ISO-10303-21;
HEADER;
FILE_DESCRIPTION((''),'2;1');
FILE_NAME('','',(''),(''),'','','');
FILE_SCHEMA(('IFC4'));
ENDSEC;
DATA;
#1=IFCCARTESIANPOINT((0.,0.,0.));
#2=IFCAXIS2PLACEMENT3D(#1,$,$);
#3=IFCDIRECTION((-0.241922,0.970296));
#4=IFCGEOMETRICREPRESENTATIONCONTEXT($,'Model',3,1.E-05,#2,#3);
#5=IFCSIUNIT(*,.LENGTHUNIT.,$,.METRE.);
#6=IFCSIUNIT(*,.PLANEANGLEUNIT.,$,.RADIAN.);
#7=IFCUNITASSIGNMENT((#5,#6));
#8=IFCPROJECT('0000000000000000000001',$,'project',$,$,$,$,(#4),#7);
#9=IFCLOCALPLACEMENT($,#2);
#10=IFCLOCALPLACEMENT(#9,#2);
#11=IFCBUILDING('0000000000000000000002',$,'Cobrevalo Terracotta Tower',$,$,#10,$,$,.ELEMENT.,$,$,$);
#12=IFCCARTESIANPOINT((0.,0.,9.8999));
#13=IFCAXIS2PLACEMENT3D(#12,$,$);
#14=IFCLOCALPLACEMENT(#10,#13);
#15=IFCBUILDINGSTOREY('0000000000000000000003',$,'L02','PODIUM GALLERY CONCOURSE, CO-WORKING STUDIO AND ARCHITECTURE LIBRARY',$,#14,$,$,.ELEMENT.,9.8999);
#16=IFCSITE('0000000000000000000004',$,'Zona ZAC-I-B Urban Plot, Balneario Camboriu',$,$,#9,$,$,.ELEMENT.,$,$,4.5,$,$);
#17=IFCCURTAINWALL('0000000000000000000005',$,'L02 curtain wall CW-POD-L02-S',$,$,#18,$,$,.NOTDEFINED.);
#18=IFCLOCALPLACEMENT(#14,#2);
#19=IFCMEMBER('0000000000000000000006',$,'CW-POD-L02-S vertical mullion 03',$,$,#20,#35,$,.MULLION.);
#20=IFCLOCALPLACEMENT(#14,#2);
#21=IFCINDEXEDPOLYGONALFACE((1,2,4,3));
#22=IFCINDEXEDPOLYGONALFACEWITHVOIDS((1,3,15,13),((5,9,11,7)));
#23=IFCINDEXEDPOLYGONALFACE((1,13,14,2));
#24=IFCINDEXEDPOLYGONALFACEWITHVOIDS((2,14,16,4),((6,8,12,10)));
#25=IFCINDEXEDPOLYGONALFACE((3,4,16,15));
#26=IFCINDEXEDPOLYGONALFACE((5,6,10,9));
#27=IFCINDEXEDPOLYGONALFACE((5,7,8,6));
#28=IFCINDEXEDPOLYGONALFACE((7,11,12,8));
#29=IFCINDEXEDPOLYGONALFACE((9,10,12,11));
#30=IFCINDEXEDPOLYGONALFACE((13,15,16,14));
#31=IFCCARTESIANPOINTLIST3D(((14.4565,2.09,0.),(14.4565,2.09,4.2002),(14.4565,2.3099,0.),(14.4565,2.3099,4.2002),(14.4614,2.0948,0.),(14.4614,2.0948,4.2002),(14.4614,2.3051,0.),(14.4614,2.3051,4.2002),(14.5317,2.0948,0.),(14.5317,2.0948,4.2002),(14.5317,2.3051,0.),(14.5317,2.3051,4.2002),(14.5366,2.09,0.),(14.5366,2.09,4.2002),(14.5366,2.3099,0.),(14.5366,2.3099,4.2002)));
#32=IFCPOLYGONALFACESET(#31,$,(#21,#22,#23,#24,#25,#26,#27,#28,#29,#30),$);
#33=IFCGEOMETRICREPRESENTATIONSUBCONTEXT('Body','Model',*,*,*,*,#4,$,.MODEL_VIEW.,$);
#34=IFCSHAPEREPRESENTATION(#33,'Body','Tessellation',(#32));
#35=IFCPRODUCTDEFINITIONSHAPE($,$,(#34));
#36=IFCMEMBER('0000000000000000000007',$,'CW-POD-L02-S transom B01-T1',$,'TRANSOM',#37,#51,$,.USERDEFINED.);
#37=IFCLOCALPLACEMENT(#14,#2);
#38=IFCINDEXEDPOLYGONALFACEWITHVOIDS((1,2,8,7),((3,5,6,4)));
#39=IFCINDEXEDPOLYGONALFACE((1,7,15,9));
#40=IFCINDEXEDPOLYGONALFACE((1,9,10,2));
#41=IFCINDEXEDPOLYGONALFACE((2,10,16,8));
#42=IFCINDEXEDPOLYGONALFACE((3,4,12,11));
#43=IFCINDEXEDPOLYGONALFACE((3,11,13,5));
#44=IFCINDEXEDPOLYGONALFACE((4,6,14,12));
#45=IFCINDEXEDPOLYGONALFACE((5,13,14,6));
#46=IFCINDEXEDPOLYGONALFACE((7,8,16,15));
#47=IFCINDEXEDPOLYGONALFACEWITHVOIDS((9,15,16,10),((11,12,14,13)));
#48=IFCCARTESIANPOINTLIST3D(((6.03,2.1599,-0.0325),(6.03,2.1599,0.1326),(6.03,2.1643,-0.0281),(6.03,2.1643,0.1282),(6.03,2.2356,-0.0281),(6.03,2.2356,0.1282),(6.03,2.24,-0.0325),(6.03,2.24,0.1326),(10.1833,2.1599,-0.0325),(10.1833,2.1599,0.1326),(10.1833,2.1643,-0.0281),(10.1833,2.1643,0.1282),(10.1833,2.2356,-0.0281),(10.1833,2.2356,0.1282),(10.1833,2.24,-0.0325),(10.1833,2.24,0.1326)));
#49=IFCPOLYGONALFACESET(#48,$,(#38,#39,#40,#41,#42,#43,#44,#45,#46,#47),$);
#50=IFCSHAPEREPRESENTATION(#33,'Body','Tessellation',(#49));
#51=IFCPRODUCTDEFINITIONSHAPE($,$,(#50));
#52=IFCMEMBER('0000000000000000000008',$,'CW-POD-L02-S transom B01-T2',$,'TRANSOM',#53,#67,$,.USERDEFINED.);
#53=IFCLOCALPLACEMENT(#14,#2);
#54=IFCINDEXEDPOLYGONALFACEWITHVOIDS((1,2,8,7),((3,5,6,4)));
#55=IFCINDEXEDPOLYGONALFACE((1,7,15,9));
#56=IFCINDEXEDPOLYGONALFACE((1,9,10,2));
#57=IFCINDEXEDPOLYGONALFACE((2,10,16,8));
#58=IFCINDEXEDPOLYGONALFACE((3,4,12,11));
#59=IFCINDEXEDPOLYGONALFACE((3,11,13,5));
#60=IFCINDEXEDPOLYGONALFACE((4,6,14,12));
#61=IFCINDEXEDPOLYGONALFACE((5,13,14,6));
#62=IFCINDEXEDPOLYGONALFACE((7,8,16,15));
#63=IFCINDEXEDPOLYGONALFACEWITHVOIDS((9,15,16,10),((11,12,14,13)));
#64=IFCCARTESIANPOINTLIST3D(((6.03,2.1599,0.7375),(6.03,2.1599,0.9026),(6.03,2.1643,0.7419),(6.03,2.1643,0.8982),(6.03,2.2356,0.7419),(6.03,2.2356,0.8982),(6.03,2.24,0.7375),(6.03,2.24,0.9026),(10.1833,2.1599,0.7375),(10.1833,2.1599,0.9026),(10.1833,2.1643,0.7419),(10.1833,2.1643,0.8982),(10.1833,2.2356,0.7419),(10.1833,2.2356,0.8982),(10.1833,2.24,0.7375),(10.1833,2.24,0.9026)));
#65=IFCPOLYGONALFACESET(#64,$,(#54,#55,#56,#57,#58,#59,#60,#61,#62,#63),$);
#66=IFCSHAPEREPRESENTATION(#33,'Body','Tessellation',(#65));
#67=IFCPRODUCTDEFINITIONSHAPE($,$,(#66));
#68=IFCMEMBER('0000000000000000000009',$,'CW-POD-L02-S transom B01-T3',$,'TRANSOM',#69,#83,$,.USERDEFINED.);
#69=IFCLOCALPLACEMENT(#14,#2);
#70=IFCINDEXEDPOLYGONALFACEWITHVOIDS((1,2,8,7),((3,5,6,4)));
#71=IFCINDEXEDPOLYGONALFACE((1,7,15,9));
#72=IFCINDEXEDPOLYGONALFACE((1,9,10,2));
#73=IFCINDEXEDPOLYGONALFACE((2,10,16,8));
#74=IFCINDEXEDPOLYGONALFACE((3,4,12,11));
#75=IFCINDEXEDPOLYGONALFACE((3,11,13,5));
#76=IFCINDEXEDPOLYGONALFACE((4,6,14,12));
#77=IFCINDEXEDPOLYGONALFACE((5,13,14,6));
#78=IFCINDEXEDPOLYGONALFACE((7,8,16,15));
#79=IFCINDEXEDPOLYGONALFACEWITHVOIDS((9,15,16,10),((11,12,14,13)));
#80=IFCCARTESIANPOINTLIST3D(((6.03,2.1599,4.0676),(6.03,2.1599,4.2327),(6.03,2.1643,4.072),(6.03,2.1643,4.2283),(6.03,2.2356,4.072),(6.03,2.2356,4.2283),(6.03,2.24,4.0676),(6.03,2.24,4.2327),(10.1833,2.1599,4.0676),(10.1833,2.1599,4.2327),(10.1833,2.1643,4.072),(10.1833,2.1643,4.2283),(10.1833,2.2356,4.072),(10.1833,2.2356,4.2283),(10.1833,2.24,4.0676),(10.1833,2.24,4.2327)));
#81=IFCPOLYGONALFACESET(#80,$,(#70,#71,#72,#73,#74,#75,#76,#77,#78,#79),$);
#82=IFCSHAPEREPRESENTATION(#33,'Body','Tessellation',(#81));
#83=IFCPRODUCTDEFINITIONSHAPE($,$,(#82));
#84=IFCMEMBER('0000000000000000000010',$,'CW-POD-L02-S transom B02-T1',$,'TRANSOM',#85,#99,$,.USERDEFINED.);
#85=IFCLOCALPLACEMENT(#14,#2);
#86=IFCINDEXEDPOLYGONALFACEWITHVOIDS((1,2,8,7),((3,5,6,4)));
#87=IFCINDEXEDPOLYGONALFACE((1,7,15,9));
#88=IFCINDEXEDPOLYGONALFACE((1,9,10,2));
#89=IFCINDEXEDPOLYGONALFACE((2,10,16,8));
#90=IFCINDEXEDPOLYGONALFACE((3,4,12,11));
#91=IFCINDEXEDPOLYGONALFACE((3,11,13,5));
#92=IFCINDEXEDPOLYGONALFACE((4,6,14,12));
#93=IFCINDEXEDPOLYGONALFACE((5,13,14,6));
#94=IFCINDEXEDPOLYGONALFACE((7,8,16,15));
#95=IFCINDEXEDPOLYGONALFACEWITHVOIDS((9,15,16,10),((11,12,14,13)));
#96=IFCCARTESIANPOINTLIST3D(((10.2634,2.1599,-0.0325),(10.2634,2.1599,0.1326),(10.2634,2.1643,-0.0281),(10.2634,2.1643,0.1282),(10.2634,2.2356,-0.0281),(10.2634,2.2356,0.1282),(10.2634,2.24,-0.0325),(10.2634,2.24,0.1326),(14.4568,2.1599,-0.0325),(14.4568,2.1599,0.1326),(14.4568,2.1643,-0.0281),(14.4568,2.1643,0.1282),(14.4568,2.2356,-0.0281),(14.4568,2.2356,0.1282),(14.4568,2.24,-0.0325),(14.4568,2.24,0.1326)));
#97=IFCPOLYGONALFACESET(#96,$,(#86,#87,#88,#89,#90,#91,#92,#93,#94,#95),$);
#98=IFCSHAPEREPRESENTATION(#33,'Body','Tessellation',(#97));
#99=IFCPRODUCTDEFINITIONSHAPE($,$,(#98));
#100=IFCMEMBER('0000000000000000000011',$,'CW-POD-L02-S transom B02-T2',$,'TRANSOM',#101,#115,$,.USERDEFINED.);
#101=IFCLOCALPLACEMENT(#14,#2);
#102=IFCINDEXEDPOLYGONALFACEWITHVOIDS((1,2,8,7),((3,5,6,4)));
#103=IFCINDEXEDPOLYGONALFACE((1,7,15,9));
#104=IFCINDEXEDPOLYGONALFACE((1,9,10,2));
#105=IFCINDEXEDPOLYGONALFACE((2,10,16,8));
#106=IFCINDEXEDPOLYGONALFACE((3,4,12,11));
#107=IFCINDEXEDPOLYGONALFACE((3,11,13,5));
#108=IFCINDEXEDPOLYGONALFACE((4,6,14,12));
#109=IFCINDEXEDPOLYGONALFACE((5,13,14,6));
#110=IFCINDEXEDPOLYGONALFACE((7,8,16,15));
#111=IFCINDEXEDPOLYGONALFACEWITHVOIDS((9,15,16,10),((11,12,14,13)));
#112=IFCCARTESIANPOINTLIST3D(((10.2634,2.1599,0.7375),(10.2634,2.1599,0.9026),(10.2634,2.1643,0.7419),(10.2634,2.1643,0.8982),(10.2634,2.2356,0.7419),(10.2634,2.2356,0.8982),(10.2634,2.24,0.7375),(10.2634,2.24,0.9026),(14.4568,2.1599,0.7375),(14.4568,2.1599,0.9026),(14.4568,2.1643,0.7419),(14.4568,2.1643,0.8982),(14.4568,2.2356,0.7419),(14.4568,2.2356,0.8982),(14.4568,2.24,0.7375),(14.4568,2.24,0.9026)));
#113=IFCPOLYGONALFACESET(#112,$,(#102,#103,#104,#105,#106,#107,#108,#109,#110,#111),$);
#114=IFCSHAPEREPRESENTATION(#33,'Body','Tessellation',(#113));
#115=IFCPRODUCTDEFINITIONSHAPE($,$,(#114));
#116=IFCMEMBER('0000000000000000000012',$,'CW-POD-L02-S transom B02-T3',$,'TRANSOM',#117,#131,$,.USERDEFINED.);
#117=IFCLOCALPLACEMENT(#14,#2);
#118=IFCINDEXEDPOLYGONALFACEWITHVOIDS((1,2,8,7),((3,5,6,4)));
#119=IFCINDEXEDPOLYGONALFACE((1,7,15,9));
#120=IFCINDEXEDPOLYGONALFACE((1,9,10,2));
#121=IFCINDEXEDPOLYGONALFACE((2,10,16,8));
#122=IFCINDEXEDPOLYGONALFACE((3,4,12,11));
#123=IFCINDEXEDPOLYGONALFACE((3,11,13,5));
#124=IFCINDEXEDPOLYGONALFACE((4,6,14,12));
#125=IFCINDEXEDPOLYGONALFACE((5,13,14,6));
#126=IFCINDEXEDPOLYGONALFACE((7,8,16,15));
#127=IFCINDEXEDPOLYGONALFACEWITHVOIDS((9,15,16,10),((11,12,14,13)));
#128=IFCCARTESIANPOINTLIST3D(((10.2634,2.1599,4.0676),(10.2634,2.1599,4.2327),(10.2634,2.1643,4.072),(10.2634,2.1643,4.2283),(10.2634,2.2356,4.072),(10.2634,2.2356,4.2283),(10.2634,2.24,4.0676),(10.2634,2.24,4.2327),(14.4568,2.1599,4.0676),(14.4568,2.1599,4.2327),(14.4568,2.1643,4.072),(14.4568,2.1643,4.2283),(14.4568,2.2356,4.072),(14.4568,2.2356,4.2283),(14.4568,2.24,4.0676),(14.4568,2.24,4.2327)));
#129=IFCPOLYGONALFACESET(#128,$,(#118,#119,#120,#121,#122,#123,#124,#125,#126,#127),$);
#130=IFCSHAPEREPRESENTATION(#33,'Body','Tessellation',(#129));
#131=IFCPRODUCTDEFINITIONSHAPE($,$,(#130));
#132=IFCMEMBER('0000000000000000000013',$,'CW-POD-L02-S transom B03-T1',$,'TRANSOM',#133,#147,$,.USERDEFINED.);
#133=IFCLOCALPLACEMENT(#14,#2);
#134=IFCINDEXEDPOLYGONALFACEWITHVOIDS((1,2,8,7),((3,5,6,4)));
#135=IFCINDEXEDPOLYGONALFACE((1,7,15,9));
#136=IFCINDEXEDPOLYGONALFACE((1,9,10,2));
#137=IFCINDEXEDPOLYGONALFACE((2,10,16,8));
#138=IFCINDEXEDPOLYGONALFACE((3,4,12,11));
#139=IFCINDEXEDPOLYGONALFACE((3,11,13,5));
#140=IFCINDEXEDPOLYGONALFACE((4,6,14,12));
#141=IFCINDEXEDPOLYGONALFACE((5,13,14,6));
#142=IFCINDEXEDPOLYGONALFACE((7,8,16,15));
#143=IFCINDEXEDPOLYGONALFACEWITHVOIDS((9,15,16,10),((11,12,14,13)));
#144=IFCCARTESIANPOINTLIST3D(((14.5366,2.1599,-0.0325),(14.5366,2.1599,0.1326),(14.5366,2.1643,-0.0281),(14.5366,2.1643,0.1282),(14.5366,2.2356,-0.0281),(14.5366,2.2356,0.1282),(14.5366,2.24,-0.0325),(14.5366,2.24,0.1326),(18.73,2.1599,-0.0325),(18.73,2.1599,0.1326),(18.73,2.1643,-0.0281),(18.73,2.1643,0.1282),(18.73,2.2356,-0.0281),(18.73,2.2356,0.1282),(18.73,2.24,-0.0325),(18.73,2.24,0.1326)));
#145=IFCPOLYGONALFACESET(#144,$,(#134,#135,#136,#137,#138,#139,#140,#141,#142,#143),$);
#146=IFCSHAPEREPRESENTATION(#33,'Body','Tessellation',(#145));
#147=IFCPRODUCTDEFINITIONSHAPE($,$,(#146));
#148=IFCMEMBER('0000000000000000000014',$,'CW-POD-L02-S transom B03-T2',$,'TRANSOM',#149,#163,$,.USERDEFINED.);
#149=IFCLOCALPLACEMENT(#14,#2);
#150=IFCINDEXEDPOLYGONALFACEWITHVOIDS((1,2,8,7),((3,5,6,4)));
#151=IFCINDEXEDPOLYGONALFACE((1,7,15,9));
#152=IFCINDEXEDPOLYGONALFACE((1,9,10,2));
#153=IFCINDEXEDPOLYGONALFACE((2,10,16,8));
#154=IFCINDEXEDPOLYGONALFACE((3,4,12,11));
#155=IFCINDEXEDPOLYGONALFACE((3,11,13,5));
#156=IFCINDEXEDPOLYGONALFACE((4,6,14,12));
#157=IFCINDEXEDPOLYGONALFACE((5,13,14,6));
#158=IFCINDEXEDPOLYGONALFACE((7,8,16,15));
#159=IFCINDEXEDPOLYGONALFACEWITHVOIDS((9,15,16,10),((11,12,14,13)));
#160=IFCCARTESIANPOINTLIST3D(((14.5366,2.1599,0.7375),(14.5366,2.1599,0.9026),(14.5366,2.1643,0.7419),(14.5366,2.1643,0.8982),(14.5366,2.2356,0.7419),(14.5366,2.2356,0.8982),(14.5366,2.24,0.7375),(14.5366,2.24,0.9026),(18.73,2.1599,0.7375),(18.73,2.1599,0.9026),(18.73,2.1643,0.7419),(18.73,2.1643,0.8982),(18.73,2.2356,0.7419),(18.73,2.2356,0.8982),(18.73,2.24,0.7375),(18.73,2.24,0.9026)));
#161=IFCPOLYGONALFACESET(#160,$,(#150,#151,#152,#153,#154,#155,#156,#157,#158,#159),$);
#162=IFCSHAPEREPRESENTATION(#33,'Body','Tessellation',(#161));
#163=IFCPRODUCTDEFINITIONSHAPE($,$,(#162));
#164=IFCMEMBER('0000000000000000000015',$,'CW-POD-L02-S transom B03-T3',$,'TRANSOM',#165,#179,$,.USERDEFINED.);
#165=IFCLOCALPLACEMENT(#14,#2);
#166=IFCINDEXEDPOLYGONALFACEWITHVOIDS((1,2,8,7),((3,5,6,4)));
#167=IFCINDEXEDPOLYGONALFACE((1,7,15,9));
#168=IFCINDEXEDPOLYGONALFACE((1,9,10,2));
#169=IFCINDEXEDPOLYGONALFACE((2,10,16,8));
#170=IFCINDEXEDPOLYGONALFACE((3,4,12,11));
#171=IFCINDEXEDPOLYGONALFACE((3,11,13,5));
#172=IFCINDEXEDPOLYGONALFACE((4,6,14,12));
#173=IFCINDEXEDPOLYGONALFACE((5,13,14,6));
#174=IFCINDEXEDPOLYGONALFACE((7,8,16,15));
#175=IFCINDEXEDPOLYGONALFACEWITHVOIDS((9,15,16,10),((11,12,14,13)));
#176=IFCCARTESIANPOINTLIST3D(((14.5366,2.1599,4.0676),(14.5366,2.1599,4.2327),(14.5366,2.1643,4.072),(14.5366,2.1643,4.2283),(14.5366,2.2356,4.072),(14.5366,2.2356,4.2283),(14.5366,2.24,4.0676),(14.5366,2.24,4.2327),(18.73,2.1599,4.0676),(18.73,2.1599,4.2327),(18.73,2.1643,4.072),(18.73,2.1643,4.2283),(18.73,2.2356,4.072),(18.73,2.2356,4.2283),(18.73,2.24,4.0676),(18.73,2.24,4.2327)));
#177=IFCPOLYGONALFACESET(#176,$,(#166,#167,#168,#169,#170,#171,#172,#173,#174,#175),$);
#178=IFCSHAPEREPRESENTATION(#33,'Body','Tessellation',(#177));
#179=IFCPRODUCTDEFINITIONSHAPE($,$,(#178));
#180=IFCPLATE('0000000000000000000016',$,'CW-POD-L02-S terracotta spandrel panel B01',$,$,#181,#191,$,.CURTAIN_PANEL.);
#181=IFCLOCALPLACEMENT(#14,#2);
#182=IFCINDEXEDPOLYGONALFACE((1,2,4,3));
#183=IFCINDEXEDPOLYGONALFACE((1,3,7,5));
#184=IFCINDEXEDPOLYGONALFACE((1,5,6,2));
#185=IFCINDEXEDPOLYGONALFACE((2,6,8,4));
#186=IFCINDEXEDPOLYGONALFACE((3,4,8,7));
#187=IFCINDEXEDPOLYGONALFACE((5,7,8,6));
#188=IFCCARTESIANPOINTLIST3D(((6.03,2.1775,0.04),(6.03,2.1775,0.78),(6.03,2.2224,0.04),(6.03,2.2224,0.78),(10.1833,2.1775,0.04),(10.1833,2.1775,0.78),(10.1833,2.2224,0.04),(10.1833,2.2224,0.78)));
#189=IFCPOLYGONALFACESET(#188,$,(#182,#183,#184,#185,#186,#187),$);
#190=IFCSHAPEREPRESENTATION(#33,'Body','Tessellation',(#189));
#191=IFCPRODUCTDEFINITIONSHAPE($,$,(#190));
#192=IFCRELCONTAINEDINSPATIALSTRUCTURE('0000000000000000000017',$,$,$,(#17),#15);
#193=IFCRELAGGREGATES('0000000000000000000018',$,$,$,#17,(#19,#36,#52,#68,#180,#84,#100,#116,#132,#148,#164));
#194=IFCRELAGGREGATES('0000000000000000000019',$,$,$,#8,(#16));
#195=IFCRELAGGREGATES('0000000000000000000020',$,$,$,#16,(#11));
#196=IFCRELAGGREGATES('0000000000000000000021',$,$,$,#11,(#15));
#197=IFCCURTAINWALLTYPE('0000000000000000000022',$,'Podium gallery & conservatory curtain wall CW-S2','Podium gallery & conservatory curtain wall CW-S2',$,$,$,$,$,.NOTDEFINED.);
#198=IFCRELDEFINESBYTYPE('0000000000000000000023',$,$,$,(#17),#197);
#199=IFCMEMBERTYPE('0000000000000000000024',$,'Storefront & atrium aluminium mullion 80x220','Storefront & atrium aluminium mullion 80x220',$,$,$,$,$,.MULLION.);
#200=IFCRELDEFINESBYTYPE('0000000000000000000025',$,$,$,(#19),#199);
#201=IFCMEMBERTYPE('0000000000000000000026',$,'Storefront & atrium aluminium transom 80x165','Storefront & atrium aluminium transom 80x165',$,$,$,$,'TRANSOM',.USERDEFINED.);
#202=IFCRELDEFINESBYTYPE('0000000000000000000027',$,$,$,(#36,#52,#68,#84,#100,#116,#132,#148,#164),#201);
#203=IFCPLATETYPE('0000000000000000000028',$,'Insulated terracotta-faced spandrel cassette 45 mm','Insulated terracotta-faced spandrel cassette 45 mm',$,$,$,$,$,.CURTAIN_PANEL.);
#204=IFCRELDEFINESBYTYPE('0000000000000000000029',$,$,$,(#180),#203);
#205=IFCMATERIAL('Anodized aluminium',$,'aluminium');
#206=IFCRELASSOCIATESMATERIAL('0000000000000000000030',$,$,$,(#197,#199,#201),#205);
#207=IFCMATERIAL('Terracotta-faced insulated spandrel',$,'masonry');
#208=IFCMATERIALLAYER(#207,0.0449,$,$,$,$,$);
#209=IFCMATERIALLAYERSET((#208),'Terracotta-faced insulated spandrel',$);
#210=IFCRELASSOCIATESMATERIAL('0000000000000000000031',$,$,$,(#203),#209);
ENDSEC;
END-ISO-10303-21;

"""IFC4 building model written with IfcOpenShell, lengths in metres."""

from ifc_helpers import new_model, si_unit, direction, frame, origin, origin_2d, place, context, subcontext, project, spatial, rectangle, hollow_rectangle, extrude, source, transform, mapped, material, layer, layer_set, material_profile, profile_set, type_object, element, aggregate, save


model = new_model("IFC4")

# Units and contexts
model_context = context("Model", 3, precision=1e-05, world=origin(), true_north=direction((-0.241922, 0.970296)))
body_context = subcontext(model_context, "Body", "Model", "MODEL_VIEW")
ifc_project = project(units=[si_unit("LENGTHUNIT", "METRE"), si_unit("PLANEANGLEUNIT", "RADIAN")], contexts=[model_context])

# Site, building, storey
site_placement = place(None, origin())
site = spatial("IfcSite", under=ifc_project, at=site_placement, Name="Zona ZAC-I-B Urban Plot, Balneario Camboriu", CompositionType="ELEMENT", RefElevation=4.5)
building_placement = place(site_placement, origin())
building = spatial("IfcBuilding", under=site, at=building_placement, Name="Cobrevalo Terracotta Tower", CompositionType="ELEMENT")
storey_placement = place(building_placement, frame((0.0, 0.0, 9.8999)))
storey = spatial("IfcBuildingStorey", under=building, at=storey_placement, Name="L02", Description="PODIUM GALLERY CONCOURSE, CO-WORKING STUDIO AND ARCHITECTURE LIBRARY", CompositionType="ELEMENT", Elevation=9.8999)

# Curtain wall, members, plate
ifc_material_1 = material(Name="Anodized aluminium", Category="aluminium")
curtain_wall_type = type_object("IfcCurtainWallType", Name="Podium gallery & conservatory curtain wall CW-S2", Description="Podium gallery & conservatory curtain wall CW-S2", PredefinedType="NOTDEFINED", material=ifc_material_1)
curtain_wall_placement = place(storey_placement, origin())
curtain_wall = element("IfcCurtainWall", 1, at=curtain_wall_placement, inside=storey, type_object=curtain_wall_type, Name="L02 curtain wall CW-POD-L02-S", PredefinedType="NOTDEFINED")
ifc_material_profile_1 = material_profile(ifc_material_1, hollow_rectangle(XDim=0.0801, YDim=0.22, WallThickness=0.0049, at=origin_2d()), Name="CWM 80x220")
ifc_profile_set_1 = profile_set([ifc_material_profile_1], Name="Anodized aluminium")
member_type_1 = type_object("IfcMemberType", Name="Storefront & atrium aluminium mullion 80x220", Description="Storefront & atrium aluminium mullion 80x220", PredefinedType="MULLION", material=ifc_profile_set_1)
shared_shape_1 = source(origin(), body_context, "Body", "SweptSolid", [
    extrude(hollow_rectangle(XDim=0.0801, YDim=0.22, WallThickness=0.0049, at=origin_2d()), origin(), (0.0, 0.0, 1.0), 4.2002),
])
member_1_placement = place(storey_placement, frame((14.4966, 2.2, 0.0), z_axis=(0.0, 0.0, 1.0), x_axis=(1.0, 0.0, 0.0)))
member_1 = element("IfcMember", 2, at=member_1_placement, type_object=member_type_1, Name="CW-POD-L02-S vertical mullion 03", PredefinedType="MULLION", context=body_context, shape_type="MappedRepresentation", body=[
    mapped(shared_shape_1, transform((0.0, 0.0, 0.0), scale=1.0)),
])
ifc_material_profile_2 = material_profile(ifc_material_1, hollow_rectangle(XDim=0.0801, YDim=0.165, WallThickness=0.0044, at=origin_2d()), Name="CWT 80x165")
ifc_profile_set_2 = profile_set([ifc_material_profile_2], Name="Anodized aluminium")
member_type_2 = type_object("IfcMemberType", Name="Storefront & atrium aluminium transom 80x165", Description="Storefront & atrium aluminium transom 80x165", ElementType="TRANSOM", PredefinedType="USERDEFINED", material=ifc_profile_set_2)
shared_shape_2 = source(origin(), body_context, "Body", "SweptSolid", [
    extrude(hollow_rectangle(XDim=0.0801, YDim=0.165, WallThickness=0.0044, at=origin_2d()), origin(), (0.0, 0.0, 1.0), 4.1533),
])
member_2_placement = place(storey_placement, frame((6.03, 2.2, 0.05), z_axis=(1.0, 0.0, 0.0), x_axis=(0.0, 1.0, 0.0)))
member_2 = element("IfcMember", 3, at=member_2_placement, type_object=member_type_2, Name="CW-POD-L02-S transom B01-T1", ObjectType="TRANSOM", PredefinedType="USERDEFINED", context=body_context, shape_type="MappedRepresentation", body=[
    mapped(shared_shape_2, transform((0.0, 0.0, 0.0), scale=1.0)),
])
member_3_placement = place(storey_placement, frame((6.03, 2.2, 0.8201), z_axis=(1.0, 0.0, 0.0), x_axis=(0.0, 1.0, 0.0)))
member_3 = element("IfcMember", 4, at=member_3_placement, type_object=member_type_2, Name="CW-POD-L02-S transom B01-T2", ObjectType="TRANSOM", PredefinedType="USERDEFINED", context=body_context, shape_type="MappedRepresentation", body=[
    mapped(shared_shape_2, transform((0.0, 0.0, 0.0), scale=1.0)),
])
member_4_placement = place(storey_placement, frame((6.03, 2.2, 4.1501), z_axis=(1.0, 0.0, 0.0), x_axis=(0.0, 1.0, 0.0)))
member_4 = element("IfcMember", 5, at=member_4_placement, type_object=member_type_2, Name="CW-POD-L02-S transom B01-T3", ObjectType="TRANSOM", PredefinedType="USERDEFINED", context=body_context, shape_type="MappedRepresentation", body=[
    mapped(shared_shape_2, transform((0.0, 0.0, 0.0), scale=1.0)),
])
shared_shape_3 = source(origin(), body_context, "Body", "SweptSolid", [
    extrude(hollow_rectangle(XDim=0.0801, YDim=0.165, WallThickness=0.0044, at=origin_2d()), origin(), (0.0, 0.0, 1.0), 4.1934),
])
member_5_placement = place(storey_placement, frame((10.2634, 2.2, 0.05), z_axis=(1.0, 0.0, 0.0), x_axis=(0.0, 1.0, 0.0)))
member_5 = element("IfcMember", 6, at=member_5_placement, type_object=member_type_2, Name="CW-POD-L02-S transom B02-T1", ObjectType="TRANSOM", PredefinedType="USERDEFINED", context=body_context, shape_type="MappedRepresentation", body=[
    mapped(shared_shape_3, transform((0.0, 0.0, 0.0), scale=1.0)),
])
member_6_placement = place(storey_placement, frame((10.2634, 2.2, 0.8201), z_axis=(1.0, 0.0, 0.0), x_axis=(0.0, 1.0, 0.0)))
member_6 = element("IfcMember", 7, at=member_6_placement, type_object=member_type_2, Name="CW-POD-L02-S transom B02-T2", ObjectType="TRANSOM", PredefinedType="USERDEFINED", context=body_context, shape_type="MappedRepresentation", body=[
    mapped(shared_shape_3, transform((0.0, 0.0, 0.0), scale=1.0)),
])
member_7_placement = place(storey_placement, frame((10.2634, 2.2, 4.1501), z_axis=(1.0, 0.0, 0.0), x_axis=(0.0, 1.0, 0.0)))
member_7 = element("IfcMember", 8, at=member_7_placement, type_object=member_type_2, Name="CW-POD-L02-S transom B02-T3", ObjectType="TRANSOM", PredefinedType="USERDEFINED", context=body_context, shape_type="MappedRepresentation", body=[
    mapped(shared_shape_3, transform((0.0, 0.0, 0.0), scale=1.0)),
])
member_8_placement = place(storey_placement, frame((14.5366, 2.2, 0.05), z_axis=(1.0, 0.0, 0.0), x_axis=(0.0, 1.0, 0.0)))
member_8 = element("IfcMember", 9, at=member_8_placement, type_object=member_type_2, Name="CW-POD-L02-S transom B03-T1", ObjectType="TRANSOM", PredefinedType="USERDEFINED", context=body_context, shape_type="MappedRepresentation", body=[
    mapped(shared_shape_3, transform((0.0, 0.0, 0.0), scale=1.0)),
])
member_9_placement = place(storey_placement, frame((14.5366, 2.2, 0.8201), z_axis=(1.0, 0.0, 0.0), x_axis=(0.0, 1.0, 0.0)))
member_9 = element("IfcMember", 10, at=member_9_placement, type_object=member_type_2, Name="CW-POD-L02-S transom B03-T2", ObjectType="TRANSOM", PredefinedType="USERDEFINED", context=body_context, shape_type="MappedRepresentation", body=[
    mapped(shared_shape_3, transform((0.0, 0.0, 0.0), scale=1.0)),
])
member_10_placement = place(storey_placement, frame((14.5366, 2.2, 4.1501), z_axis=(1.0, 0.0, 0.0), x_axis=(0.0, 1.0, 0.0)))
member_10 = element("IfcMember", 11, at=member_10_placement, type_object=member_type_2, Name="CW-POD-L02-S transom B03-T3", ObjectType="TRANSOM", PredefinedType="USERDEFINED", context=body_context, shape_type="MappedRepresentation", body=[
    mapped(shared_shape_3, transform((0.0, 0.0, 0.0), scale=1.0)),
])
ifc_material_2 = material(Name="Terracotta-faced insulated spandrel", Category="masonry")
ifc_layer_1 = layer(ifc_material_2, 0.0449)
ifc_layer_set_1 = layer_set([ifc_layer_1], Name="Terracotta-faced insulated spandrel")
plate_type_1 = type_object("IfcPlateType", Name="Insulated terracotta-faced spandrel cassette 45 mm", Description="Insulated terracotta-faced spandrel cassette 45 mm", PredefinedType="CURTAIN_PANEL", material=ifc_layer_set_1)
shared_shape_4 = source(origin(), body_context, "Body", "SweptSolid", [
    extrude(rectangle(XDim=4.1533, YDim=0.0449, at=origin_2d()), origin(), (0.0, 0.0, 1.0), 0.74),
])
plate_1_placement = place(storey_placement, frame((8.1067, 2.2, 0.04), z_axis=(0.0, 0.0, 1.0), x_axis=(1.0, 0.0, 0.0)))
plate_1 = element("IfcPlate", 12, at=plate_1_placement, type_object=plate_type_1, Name="CW-POD-L02-S terracotta spandrel panel B01", PredefinedType="CURTAIN_PANEL", context=body_context, shape_type="MappedRepresentation", body=[
    mapped(shared_shape_4, transform((0.0, 0.0, 0.0), scale=1.0)),
])
aggregate(curtain_wall, [member_1, member_2, member_3, member_4, plate_1, member_5, member_6, member_7, member_8, member_9, member_10])

save(model, "model.ifc")
